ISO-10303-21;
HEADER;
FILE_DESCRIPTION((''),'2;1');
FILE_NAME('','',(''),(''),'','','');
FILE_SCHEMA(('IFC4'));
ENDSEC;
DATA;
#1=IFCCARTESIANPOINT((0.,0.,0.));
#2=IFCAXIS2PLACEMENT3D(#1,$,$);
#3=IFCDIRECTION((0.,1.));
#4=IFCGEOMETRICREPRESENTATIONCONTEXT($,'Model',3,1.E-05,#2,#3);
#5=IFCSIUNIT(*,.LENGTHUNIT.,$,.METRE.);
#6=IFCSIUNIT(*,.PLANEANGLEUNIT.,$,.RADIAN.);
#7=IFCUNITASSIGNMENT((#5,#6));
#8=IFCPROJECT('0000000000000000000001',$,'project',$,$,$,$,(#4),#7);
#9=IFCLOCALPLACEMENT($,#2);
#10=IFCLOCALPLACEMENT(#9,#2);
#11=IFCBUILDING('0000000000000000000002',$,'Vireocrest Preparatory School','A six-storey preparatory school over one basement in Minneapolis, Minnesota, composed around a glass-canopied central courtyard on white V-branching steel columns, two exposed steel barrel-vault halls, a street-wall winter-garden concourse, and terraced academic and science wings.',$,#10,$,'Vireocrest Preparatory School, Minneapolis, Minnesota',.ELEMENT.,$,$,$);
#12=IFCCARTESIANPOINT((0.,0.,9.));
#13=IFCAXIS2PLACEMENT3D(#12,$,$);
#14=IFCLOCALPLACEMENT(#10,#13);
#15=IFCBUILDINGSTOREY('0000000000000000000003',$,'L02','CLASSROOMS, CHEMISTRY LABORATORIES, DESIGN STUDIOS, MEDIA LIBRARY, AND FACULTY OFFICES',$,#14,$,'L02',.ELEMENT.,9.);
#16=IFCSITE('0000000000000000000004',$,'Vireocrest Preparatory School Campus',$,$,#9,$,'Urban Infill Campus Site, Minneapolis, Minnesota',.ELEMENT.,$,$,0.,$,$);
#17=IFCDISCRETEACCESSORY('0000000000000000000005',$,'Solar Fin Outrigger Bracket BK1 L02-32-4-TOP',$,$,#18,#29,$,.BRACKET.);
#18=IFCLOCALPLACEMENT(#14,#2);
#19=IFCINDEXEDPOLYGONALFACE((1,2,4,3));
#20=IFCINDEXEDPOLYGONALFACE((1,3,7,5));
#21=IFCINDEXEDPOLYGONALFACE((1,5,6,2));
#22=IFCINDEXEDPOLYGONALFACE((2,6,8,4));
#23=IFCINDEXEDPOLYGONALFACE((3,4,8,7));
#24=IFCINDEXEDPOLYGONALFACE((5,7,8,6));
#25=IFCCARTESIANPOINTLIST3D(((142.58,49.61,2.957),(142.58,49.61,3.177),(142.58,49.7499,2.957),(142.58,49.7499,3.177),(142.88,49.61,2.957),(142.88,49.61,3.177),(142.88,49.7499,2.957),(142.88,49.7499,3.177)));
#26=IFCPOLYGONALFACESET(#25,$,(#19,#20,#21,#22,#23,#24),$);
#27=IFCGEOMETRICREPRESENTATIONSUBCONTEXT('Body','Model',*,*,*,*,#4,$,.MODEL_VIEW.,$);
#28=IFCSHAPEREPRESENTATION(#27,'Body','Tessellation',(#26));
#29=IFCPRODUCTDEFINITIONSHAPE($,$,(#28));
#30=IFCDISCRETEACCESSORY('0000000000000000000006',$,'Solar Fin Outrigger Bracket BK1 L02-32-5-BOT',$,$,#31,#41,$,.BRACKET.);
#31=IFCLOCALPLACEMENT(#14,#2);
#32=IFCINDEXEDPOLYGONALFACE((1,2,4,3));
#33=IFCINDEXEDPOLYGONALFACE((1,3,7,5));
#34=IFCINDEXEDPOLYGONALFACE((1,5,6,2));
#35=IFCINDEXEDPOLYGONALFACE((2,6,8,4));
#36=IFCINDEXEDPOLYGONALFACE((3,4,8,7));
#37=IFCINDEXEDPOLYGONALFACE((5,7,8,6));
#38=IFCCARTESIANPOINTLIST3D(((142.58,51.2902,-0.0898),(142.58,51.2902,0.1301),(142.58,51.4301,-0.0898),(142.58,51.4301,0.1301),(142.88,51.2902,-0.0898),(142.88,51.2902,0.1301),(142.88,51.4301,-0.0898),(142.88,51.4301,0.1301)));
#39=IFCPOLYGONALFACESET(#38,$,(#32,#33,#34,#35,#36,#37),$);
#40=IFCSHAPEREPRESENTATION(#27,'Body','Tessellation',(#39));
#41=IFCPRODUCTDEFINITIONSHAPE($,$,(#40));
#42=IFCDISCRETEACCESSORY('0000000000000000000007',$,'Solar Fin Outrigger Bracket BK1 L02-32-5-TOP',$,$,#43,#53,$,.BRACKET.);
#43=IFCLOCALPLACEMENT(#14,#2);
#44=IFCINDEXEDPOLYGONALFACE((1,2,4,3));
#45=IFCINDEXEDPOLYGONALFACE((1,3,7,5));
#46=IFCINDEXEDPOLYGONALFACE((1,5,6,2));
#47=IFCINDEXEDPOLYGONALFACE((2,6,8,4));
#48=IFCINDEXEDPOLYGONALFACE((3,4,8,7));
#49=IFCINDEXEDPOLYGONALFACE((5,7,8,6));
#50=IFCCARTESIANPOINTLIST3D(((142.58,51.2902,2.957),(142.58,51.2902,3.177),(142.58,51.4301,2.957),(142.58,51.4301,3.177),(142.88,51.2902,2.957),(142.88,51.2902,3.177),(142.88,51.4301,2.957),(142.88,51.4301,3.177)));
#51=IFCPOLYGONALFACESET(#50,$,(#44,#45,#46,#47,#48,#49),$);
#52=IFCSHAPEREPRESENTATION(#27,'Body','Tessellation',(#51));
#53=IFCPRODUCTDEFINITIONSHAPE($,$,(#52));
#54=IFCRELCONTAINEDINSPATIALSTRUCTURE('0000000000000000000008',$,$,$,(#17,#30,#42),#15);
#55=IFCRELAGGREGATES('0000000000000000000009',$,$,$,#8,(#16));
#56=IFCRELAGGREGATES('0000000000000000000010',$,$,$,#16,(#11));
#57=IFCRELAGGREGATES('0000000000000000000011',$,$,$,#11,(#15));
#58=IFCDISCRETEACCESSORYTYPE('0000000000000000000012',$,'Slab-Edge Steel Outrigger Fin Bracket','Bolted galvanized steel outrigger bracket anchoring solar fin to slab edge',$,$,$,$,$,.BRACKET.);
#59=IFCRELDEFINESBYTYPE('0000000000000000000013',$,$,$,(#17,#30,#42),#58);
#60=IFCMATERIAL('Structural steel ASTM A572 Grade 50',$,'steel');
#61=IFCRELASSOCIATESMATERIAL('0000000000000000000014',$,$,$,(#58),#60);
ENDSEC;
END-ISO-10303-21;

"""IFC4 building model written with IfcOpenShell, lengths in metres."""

from ifc_helpers import new_model, si_unit, direction, frame, origin, origin_2d, place, context, subcontext, project, spatial, rectangle, extrude, material, type_object, element, save


model = new_model("IFC4")

# Units and contexts
model_context = context("Model", 3, precision=1e-05, world=origin(), true_north=direction((0.0, 1.0)))
body_context = subcontext(model_context, "Body", "Model", "MODEL_VIEW")
ifc_project = project(units=[si_unit("LENGTHUNIT", "METRE"), si_unit("PLANEANGLEUNIT", "RADIAN")], contexts=[model_context])

# Site, building, storey
site_placement = place(None, origin())
site = spatial("IfcSite", under=ifc_project, at=site_placement, Name="Vireocrest Preparatory School Campus", LongName="Urban Infill Campus Site, Minneapolis, Minnesota", CompositionType="ELEMENT", RefElevation=0.0)
building_placement = place(site_placement, origin())
building = spatial("IfcBuilding", under=site, at=building_placement, Name="Vireocrest Preparatory School", Description="A six-storey preparatory school over one basement in Minneapolis, Minnesota, composed around a glass-canopied central courtyard on white V-branching steel columns, two exposed steel barrel-vault halls, a street-wall winter-garden concourse, and terraced academic and science wings.", LongName="Vireocrest Preparatory School, Minneapolis, Minnesota", CompositionType="ELEMENT")
storey_placement = place(building_placement, frame((0.0, 0.0, 9.0)))
storey = spatial("IfcBuildingStorey", under=building, at=storey_placement, Name="L02", Description="CLASSROOMS, CHEMISTRY LABORATORIES, DESIGN STUDIOS, MEDIA LIBRARY, AND FACULTY OFFICES", LongName="L02", CompositionType="ELEMENT", Elevation=9.0)

# Discrete accessories
ifc_material_1 = material(Name="Structural steel ASTM A572 Grade 50", Category="steel")
discrete_accessory_type = type_object("IfcDiscreteAccessoryType", Name="Slab-Edge Steel Outrigger Fin Bracket", Description="Bolted galvanized steel outrigger bracket anchoring solar fin to slab edge", PredefinedType="BRACKET", material=ifc_material_1)
for number, where, z_axis, x_axis, name in (
    (1, (142.73, 49.6799, 2.957), (0.0, 0.0, 1.0), (0.0, 1.0, 0.0), "Solar Fin Outrigger Bracket BK1 L02-32-4-TOP"),
    (2, (142.73, 51.3601, -0.0898), (0.0, 0.0, 1.0), (0.0, 1.0, 0.0), "Solar Fin Outrigger Bracket BK1 L02-32-5-BOT"),
    (3, (142.73, 51.3601, 2.957), (0.0, 0.0, 1.0), (0.0, 1.0, 0.0), "Solar Fin Outrigger Bracket BK1 L02-32-5-TOP"),
):
    element("IfcDiscreteAccessory", number, at=place(storey_placement, frame(where, z_axis=z_axis, x_axis=x_axis)), inside=storey, type_object=discrete_accessory_type, Name=name, PredefinedType="BRACKET", context=body_context, shape_type="SweptSolid", body=[
        extrude(rectangle(XDim=0.1399, YDim=0.3, at=origin_2d()), origin(), (0.0, 0.0, 1.0), 0.22),
    ])

save(model, "model.ifc")
